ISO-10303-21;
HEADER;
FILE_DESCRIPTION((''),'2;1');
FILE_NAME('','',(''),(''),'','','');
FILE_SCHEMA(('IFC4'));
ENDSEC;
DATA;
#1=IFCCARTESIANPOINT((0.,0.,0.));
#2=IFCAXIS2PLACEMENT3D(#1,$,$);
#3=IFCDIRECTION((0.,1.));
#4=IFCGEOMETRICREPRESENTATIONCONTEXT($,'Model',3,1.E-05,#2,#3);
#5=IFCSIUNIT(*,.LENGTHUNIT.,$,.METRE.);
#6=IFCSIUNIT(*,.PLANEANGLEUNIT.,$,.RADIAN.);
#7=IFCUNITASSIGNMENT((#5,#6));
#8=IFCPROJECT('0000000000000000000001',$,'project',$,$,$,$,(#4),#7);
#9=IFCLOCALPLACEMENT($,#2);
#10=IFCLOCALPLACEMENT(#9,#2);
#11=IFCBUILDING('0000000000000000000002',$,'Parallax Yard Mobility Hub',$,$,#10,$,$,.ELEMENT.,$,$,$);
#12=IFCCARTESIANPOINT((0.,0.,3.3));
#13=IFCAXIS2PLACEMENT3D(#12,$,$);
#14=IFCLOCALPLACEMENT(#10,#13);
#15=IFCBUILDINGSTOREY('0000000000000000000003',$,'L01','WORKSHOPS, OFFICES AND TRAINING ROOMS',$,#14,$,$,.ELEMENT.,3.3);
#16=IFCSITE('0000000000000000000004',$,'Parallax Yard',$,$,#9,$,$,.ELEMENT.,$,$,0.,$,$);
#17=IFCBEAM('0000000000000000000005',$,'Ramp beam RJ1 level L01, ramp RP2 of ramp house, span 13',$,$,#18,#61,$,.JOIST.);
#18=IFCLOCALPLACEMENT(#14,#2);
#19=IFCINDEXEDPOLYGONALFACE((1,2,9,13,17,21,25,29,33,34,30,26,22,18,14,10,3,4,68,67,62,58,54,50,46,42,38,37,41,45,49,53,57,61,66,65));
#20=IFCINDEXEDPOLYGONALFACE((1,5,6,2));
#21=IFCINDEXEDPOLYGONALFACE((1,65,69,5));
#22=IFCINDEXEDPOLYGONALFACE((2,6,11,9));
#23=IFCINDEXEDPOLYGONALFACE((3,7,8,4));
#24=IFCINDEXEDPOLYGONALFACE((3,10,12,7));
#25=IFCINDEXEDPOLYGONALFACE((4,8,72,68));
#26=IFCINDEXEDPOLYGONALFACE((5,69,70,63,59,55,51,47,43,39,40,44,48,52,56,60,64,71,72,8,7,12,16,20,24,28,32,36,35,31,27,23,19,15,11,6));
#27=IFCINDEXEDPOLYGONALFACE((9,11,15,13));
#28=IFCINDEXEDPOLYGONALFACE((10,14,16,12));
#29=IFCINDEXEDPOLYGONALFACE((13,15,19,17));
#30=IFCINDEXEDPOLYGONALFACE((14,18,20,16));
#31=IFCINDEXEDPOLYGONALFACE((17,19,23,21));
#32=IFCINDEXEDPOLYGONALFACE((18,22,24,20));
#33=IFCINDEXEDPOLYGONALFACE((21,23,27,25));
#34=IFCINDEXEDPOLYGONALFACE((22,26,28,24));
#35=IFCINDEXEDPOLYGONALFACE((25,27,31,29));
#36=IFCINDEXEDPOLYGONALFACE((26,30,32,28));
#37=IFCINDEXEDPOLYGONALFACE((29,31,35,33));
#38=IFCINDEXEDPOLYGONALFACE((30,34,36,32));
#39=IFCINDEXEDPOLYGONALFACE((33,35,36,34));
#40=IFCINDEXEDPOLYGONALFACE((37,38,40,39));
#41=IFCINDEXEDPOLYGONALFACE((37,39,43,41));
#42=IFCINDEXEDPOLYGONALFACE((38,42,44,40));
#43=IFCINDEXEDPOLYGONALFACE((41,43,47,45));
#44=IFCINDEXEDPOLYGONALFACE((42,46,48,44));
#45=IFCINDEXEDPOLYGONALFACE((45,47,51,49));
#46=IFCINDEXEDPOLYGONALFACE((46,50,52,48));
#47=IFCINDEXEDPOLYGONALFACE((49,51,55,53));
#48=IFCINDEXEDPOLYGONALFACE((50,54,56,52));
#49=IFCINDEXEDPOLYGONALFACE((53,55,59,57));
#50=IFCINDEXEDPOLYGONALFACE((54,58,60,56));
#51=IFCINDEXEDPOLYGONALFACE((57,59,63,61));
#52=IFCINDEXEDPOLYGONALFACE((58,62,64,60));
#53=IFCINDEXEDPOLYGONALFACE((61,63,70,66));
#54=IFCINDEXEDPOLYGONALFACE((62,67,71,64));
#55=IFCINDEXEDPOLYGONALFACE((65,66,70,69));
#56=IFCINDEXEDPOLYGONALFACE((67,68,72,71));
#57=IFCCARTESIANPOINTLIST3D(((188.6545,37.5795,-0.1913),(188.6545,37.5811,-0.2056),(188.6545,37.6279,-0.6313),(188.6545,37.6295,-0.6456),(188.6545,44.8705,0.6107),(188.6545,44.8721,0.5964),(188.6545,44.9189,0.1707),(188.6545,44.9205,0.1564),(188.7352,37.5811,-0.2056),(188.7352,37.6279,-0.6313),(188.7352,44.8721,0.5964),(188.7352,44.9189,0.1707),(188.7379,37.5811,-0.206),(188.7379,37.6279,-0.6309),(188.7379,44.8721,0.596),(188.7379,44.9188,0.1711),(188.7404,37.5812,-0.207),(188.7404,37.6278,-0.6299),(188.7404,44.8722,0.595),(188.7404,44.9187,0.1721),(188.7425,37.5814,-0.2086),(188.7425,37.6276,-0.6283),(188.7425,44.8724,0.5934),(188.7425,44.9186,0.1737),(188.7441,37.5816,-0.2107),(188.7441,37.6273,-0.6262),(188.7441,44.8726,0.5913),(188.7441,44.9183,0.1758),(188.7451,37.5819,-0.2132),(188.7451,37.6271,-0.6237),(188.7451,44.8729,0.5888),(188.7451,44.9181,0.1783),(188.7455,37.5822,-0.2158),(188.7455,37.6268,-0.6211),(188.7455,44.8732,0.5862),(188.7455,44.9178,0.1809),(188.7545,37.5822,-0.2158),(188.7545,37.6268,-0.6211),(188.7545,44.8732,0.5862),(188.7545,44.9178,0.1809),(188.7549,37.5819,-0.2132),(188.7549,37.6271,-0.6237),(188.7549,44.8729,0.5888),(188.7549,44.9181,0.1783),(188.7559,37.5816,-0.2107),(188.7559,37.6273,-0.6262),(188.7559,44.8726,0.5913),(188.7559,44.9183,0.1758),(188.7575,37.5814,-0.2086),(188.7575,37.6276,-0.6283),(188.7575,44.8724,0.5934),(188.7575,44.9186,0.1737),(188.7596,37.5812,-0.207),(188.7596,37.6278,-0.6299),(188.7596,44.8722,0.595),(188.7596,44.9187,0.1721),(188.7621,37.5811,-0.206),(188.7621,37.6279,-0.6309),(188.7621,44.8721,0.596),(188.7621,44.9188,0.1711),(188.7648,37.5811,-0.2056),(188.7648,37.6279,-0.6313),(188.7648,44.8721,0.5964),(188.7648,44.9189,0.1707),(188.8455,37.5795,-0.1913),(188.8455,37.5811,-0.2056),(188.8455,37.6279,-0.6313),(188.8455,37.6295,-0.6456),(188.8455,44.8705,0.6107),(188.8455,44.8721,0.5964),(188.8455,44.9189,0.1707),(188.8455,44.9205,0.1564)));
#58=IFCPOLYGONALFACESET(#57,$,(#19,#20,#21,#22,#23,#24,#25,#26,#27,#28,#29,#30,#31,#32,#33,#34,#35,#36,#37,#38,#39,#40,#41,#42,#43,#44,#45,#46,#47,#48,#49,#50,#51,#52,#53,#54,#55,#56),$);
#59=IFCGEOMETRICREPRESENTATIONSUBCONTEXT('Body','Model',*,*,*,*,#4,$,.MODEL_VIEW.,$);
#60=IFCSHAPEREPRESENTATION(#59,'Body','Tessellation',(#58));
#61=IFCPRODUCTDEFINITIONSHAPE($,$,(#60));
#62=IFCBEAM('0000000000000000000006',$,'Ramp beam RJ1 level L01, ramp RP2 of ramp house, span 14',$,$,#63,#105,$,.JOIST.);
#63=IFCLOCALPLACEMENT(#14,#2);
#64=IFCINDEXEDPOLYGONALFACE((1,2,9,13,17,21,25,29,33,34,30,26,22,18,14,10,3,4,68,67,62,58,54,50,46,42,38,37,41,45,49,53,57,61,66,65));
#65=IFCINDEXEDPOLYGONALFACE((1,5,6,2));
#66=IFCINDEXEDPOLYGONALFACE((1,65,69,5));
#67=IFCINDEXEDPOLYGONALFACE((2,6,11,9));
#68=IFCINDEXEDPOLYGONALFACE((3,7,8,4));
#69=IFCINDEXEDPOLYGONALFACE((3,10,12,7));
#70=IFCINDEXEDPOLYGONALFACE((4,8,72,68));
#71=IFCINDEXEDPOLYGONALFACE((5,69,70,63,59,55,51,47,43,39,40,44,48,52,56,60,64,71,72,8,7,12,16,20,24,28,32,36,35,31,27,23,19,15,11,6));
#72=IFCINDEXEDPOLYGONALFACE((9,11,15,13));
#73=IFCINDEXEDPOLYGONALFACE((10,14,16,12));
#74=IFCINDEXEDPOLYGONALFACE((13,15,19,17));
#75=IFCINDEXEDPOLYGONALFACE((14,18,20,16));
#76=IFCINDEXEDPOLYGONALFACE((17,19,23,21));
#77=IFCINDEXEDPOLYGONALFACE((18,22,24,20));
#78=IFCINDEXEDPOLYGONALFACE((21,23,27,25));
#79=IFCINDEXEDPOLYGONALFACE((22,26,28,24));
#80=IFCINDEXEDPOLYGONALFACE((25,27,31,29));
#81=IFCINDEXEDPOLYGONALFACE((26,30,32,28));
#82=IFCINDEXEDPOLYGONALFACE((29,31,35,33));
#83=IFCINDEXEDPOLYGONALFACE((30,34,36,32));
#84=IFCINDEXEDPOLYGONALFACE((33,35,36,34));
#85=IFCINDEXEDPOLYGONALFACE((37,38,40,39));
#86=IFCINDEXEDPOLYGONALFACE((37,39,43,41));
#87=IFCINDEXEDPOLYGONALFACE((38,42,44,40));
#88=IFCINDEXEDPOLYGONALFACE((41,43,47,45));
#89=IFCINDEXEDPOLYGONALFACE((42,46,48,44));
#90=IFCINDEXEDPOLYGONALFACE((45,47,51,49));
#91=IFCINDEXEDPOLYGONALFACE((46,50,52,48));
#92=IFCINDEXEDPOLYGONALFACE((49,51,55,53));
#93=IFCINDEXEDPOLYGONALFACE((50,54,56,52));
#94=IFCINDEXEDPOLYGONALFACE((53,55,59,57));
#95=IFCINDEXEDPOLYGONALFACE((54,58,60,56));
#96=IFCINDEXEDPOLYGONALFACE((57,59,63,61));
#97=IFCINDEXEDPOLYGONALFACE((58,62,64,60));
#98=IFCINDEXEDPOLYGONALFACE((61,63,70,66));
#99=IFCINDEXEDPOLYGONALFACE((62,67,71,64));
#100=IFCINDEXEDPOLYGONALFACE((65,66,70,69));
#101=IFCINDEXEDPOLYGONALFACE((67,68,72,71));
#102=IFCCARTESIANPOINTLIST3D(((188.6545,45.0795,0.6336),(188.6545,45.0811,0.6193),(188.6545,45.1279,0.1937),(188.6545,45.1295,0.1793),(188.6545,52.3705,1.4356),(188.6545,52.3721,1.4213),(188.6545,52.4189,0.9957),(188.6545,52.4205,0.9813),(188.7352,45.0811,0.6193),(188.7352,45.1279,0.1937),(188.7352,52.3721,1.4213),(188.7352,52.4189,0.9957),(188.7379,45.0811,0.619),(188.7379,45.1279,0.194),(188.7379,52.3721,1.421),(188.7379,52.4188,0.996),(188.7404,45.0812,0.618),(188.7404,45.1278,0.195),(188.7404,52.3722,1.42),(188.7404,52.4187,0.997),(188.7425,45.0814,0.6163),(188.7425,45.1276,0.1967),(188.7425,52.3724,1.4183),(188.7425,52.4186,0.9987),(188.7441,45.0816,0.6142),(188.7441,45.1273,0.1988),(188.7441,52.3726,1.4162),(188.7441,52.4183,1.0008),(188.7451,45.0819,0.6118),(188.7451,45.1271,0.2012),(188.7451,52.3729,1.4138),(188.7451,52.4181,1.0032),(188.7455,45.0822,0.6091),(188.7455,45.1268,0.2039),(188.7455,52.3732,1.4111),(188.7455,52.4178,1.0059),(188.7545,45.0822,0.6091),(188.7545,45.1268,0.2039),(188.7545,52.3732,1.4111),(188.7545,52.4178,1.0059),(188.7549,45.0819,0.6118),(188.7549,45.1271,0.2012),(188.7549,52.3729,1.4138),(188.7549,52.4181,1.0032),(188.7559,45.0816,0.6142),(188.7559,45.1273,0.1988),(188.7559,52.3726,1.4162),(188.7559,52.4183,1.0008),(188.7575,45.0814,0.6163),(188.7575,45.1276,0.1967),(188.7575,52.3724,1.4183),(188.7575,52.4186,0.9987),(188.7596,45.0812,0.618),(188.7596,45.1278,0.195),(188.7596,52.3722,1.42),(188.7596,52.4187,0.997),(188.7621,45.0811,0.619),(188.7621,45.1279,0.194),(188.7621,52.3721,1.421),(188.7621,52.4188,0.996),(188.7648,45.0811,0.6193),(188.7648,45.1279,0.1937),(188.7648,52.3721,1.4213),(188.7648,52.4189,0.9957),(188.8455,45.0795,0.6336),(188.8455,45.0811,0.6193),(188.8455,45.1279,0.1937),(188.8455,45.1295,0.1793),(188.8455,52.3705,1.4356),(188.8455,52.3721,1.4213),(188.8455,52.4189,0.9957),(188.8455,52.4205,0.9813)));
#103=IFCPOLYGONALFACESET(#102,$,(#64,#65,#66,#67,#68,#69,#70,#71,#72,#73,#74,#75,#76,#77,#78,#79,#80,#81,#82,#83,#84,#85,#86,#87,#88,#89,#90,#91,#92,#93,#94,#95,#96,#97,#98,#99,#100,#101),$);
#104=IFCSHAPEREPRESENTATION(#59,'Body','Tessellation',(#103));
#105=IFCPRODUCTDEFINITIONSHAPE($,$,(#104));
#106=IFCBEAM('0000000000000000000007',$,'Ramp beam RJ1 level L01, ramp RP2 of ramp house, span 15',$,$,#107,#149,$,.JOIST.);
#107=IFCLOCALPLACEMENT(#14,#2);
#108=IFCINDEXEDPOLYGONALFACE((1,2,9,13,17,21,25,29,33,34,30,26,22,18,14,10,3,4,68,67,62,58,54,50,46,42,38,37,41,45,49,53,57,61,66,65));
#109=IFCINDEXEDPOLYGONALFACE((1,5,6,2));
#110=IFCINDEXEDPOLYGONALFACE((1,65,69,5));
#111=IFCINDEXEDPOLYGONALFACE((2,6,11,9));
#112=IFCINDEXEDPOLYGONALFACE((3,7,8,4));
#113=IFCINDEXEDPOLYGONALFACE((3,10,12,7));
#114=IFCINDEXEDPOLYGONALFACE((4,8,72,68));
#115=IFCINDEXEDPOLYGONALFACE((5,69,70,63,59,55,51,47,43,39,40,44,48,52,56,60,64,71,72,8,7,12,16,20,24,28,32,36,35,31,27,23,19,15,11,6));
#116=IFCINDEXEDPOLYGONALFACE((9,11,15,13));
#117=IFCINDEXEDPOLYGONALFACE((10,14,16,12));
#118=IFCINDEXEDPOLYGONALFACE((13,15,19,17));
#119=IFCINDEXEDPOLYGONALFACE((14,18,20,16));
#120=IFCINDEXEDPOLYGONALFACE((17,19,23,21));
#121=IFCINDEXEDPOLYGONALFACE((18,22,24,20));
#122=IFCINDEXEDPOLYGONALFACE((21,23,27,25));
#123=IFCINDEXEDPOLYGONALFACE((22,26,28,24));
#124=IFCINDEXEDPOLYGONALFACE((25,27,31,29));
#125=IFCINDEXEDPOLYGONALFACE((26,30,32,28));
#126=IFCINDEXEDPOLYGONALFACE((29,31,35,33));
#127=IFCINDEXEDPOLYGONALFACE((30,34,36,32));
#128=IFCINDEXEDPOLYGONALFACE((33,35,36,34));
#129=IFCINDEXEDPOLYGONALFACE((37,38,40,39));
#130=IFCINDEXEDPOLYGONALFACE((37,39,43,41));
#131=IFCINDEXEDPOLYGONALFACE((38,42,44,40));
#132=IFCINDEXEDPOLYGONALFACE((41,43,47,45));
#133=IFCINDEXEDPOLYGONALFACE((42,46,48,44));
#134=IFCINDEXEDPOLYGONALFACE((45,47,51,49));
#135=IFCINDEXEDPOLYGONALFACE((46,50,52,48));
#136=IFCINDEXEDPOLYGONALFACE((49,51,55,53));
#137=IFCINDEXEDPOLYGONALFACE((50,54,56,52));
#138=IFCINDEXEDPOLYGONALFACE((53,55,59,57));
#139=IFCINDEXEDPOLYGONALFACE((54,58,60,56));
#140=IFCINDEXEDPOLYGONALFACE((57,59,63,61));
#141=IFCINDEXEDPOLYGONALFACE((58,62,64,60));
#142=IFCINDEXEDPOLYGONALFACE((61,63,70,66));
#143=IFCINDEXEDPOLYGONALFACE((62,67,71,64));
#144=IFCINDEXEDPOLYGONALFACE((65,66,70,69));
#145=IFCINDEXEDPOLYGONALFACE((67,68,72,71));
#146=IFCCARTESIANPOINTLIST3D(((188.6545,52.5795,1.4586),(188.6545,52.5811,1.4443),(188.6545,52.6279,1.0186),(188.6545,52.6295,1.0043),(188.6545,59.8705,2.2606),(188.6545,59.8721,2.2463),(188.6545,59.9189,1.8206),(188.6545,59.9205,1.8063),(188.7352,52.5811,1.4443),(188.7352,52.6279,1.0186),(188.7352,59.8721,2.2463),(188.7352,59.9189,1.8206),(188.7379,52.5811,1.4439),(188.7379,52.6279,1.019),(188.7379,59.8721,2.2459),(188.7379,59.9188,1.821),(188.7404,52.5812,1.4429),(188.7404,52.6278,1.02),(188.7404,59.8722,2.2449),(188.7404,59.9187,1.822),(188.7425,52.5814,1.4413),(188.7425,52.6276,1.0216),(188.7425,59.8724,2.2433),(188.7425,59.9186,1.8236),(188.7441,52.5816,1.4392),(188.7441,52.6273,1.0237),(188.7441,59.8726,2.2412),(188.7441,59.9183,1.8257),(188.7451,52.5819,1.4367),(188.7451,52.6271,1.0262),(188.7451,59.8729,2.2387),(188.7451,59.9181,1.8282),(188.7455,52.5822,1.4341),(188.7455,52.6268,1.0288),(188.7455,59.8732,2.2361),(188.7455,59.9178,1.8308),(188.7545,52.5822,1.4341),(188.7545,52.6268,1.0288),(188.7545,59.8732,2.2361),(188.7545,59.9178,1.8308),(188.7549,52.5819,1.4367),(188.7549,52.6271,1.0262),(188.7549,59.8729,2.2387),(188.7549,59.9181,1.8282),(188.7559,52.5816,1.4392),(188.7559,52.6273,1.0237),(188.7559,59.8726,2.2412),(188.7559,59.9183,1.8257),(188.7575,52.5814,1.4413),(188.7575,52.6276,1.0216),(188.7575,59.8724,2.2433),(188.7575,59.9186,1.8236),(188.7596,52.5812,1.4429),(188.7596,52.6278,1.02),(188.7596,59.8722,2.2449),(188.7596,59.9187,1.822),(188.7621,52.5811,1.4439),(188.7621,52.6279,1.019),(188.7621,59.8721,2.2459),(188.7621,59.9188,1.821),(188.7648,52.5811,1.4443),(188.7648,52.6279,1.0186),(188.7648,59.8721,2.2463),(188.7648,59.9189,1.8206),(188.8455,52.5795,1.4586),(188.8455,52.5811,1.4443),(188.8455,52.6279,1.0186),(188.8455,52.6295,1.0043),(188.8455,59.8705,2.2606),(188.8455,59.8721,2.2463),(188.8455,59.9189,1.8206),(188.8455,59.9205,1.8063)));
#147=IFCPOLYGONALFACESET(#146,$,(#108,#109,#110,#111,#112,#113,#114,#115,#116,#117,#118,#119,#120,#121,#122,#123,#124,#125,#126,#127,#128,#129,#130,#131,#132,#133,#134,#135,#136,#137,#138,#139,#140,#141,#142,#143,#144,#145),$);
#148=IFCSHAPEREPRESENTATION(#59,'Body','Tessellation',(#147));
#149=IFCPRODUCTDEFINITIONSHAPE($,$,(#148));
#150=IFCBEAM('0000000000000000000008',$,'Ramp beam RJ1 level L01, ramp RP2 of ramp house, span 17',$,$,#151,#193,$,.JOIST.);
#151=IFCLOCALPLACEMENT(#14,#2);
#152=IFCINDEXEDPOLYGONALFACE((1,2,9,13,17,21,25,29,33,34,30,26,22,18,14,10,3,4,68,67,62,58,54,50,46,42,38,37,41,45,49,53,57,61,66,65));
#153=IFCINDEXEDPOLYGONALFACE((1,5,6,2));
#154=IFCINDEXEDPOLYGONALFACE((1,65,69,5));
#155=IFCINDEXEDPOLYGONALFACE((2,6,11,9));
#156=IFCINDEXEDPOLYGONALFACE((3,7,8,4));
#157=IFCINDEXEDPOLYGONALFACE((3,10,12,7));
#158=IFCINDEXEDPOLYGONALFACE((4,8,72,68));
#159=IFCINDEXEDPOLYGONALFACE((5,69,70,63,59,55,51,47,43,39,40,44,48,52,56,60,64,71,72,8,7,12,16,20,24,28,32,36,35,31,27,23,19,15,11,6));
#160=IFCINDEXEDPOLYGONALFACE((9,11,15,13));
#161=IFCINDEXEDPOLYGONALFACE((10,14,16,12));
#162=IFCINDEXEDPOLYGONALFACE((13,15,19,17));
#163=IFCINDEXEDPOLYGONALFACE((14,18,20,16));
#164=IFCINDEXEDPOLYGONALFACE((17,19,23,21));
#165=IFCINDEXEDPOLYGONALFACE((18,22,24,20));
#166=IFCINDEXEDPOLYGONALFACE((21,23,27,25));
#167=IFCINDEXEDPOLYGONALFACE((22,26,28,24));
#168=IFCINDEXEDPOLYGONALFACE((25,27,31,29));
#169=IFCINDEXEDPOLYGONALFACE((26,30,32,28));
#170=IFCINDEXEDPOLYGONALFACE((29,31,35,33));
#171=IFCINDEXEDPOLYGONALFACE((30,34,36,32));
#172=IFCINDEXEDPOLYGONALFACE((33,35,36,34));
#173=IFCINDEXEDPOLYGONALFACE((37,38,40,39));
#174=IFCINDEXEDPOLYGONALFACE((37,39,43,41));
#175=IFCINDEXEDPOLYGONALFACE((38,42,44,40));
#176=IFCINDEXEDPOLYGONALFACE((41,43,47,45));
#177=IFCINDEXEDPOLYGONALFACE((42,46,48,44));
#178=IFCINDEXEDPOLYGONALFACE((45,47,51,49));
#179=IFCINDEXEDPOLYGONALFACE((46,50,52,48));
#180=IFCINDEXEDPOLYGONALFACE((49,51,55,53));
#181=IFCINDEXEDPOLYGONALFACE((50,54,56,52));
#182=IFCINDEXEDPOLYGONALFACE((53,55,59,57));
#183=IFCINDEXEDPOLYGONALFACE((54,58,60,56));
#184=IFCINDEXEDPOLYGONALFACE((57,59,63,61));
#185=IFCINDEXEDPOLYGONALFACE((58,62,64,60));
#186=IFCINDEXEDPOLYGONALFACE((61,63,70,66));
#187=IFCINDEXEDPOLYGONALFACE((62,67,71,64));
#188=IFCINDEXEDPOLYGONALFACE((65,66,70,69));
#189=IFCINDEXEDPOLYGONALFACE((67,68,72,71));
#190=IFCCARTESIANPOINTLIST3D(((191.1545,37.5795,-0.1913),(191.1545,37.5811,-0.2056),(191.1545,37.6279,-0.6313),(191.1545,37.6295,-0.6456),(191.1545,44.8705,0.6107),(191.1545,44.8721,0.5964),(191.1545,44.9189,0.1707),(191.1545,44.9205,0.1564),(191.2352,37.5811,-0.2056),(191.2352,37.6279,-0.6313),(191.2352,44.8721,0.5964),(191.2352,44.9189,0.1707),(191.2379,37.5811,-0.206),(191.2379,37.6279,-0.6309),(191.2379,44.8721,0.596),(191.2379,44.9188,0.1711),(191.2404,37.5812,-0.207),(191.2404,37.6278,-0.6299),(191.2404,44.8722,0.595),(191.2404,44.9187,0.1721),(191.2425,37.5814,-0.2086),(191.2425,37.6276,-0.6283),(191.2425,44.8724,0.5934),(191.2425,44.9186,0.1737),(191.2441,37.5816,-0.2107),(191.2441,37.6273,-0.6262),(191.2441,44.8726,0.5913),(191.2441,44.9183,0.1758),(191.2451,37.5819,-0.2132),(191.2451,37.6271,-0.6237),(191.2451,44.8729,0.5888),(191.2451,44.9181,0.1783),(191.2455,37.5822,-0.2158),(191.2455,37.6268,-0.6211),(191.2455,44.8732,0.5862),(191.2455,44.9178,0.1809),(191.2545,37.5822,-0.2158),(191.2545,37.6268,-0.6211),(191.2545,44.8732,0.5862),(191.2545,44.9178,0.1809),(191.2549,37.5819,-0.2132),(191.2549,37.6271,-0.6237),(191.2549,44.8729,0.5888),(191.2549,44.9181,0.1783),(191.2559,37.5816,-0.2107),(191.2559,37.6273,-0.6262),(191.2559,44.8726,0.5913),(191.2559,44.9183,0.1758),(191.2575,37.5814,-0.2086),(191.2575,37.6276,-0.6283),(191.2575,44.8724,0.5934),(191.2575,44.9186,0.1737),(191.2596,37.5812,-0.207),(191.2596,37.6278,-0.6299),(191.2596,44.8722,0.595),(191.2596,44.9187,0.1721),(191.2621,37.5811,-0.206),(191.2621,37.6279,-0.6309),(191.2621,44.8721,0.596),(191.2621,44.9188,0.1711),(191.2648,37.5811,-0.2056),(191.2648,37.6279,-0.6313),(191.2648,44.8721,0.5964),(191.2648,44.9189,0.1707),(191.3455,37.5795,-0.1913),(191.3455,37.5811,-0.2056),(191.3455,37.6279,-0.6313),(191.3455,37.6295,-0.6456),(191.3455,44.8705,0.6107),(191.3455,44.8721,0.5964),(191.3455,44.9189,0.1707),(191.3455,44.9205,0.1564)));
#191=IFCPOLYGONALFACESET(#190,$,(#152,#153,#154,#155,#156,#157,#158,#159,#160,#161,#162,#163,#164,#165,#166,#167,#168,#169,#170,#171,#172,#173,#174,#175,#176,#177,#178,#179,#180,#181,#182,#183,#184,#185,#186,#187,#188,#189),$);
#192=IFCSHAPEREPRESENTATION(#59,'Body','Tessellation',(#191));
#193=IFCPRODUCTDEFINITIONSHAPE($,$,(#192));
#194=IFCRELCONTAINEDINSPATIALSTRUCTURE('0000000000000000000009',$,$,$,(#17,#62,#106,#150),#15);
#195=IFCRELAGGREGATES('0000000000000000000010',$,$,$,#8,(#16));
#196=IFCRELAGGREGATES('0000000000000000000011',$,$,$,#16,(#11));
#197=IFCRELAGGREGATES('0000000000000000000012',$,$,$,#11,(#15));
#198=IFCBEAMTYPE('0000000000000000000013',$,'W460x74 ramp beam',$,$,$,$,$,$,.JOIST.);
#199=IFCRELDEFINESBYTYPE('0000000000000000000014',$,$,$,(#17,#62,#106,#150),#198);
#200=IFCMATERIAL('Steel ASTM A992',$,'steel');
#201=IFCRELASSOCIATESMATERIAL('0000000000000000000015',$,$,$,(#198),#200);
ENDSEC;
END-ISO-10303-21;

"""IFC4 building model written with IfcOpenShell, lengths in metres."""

from ifc_helpers import new_model, si_unit, direction, frame, origin, origin_2d, place, context, subcontext, project, spatial, i_section, extrude, material, material_profile, profile_set, type_object, element, save


model = new_model("IFC4")

# Units and contexts
model_context = context("Model", 3, precision=1e-05, world=origin(), true_north=direction((0.0, 1.0)))
body_context = subcontext(model_context, "Body", "Model", "MODEL_VIEW")
ifc_project = project(units=[si_unit("LENGTHUNIT", "METRE"), si_unit("PLANEANGLEUNIT", "RADIAN")], contexts=[model_context])

# Site, building, storey
site_placement = place(None, origin())
site = spatial("IfcSite", under=ifc_project, at=site_placement, Name="Parallax Yard", CompositionType="ELEMENT", RefElevation=0.0)
building_placement = place(site_placement, origin())
building = spatial("IfcBuilding", under=site, at=building_placement, Name="Parallax Yard Mobility Hub", CompositionType="ELEMENT")
storey_placement = place(building_placement, frame((0.0, 0.0, 3.3)))
storey = spatial("IfcBuildingStorey", under=building, at=storey_placement, Name="L01", Description="WORKSHOPS, OFFICES AND TRAINING ROOMS", CompositionType="ELEMENT", Elevation=3.3)

# Shared definitions
ifc_material_1 = material(Name="Steel ASTM A992", Category="steel")

# Beams
ifc_material_profile_1 = material_profile(ifc_material_1, i_section(OverallWidth=0.1909, OverallDepth=0.457, WebThickness=0.009, FlangeThickness=0.0144, FilletRadius=0.0103, at=origin_2d()), Name="W460x74")
ifc_profile_set_1 = profile_set([ifc_material_profile_1], Name="Steel ASTM A992")
beam_type_1 = type_object("IfcBeamType", Name="W460x74 ramp beam", PredefinedType="JOIST", material=ifc_profile_set_1)
for number, where, z_axis, x_axis, name in (
    (1, (188.75, 37.6045, -0.4185), (0.0, 0.994005, 0.109339), (-1.0, 0.0, 0.0), "Ramp beam RJ1 level L01, ramp RP2 of ramp house, span 13"),
    (2, (188.75, 45.1045, 0.4065), (0.0, 0.994005, 0.109339), (-1.0, 0.0, 0.0), "Ramp beam RJ1 level L01, ramp RP2 of ramp house, span 14"),
    (3, (188.75, 52.6045, 1.2314), (0.0, 0.994005, 0.109339), (-1.0, 0.0, 0.0), "Ramp beam RJ1 level L01, ramp RP2 of ramp house, span 15"),
    (4, (191.25, 37.6045, -0.4185), (0.0, 0.994005, 0.109339), (-1.0, 0.0, 0.0), "Ramp beam RJ1 level L01, ramp RP2 of ramp house, span 17"),
):
    element("IfcBeam", number, at=place(storey_placement, frame(where, z_axis=z_axis, x_axis=x_axis)), inside=storey, type_object=beam_type_1, Name=name, PredefinedType="JOIST", context=body_context, shape_type="SweptSolid", body=[
        extrude(i_section(OverallWidth=0.1909, OverallDepth=0.457, WebThickness=0.009, FlangeThickness=0.0144, FilletRadius=0.0103, at=origin_2d()), origin(), (0.0, 0.0, 1.0), 7.335),
    ])

save(model, "model.ifc")
